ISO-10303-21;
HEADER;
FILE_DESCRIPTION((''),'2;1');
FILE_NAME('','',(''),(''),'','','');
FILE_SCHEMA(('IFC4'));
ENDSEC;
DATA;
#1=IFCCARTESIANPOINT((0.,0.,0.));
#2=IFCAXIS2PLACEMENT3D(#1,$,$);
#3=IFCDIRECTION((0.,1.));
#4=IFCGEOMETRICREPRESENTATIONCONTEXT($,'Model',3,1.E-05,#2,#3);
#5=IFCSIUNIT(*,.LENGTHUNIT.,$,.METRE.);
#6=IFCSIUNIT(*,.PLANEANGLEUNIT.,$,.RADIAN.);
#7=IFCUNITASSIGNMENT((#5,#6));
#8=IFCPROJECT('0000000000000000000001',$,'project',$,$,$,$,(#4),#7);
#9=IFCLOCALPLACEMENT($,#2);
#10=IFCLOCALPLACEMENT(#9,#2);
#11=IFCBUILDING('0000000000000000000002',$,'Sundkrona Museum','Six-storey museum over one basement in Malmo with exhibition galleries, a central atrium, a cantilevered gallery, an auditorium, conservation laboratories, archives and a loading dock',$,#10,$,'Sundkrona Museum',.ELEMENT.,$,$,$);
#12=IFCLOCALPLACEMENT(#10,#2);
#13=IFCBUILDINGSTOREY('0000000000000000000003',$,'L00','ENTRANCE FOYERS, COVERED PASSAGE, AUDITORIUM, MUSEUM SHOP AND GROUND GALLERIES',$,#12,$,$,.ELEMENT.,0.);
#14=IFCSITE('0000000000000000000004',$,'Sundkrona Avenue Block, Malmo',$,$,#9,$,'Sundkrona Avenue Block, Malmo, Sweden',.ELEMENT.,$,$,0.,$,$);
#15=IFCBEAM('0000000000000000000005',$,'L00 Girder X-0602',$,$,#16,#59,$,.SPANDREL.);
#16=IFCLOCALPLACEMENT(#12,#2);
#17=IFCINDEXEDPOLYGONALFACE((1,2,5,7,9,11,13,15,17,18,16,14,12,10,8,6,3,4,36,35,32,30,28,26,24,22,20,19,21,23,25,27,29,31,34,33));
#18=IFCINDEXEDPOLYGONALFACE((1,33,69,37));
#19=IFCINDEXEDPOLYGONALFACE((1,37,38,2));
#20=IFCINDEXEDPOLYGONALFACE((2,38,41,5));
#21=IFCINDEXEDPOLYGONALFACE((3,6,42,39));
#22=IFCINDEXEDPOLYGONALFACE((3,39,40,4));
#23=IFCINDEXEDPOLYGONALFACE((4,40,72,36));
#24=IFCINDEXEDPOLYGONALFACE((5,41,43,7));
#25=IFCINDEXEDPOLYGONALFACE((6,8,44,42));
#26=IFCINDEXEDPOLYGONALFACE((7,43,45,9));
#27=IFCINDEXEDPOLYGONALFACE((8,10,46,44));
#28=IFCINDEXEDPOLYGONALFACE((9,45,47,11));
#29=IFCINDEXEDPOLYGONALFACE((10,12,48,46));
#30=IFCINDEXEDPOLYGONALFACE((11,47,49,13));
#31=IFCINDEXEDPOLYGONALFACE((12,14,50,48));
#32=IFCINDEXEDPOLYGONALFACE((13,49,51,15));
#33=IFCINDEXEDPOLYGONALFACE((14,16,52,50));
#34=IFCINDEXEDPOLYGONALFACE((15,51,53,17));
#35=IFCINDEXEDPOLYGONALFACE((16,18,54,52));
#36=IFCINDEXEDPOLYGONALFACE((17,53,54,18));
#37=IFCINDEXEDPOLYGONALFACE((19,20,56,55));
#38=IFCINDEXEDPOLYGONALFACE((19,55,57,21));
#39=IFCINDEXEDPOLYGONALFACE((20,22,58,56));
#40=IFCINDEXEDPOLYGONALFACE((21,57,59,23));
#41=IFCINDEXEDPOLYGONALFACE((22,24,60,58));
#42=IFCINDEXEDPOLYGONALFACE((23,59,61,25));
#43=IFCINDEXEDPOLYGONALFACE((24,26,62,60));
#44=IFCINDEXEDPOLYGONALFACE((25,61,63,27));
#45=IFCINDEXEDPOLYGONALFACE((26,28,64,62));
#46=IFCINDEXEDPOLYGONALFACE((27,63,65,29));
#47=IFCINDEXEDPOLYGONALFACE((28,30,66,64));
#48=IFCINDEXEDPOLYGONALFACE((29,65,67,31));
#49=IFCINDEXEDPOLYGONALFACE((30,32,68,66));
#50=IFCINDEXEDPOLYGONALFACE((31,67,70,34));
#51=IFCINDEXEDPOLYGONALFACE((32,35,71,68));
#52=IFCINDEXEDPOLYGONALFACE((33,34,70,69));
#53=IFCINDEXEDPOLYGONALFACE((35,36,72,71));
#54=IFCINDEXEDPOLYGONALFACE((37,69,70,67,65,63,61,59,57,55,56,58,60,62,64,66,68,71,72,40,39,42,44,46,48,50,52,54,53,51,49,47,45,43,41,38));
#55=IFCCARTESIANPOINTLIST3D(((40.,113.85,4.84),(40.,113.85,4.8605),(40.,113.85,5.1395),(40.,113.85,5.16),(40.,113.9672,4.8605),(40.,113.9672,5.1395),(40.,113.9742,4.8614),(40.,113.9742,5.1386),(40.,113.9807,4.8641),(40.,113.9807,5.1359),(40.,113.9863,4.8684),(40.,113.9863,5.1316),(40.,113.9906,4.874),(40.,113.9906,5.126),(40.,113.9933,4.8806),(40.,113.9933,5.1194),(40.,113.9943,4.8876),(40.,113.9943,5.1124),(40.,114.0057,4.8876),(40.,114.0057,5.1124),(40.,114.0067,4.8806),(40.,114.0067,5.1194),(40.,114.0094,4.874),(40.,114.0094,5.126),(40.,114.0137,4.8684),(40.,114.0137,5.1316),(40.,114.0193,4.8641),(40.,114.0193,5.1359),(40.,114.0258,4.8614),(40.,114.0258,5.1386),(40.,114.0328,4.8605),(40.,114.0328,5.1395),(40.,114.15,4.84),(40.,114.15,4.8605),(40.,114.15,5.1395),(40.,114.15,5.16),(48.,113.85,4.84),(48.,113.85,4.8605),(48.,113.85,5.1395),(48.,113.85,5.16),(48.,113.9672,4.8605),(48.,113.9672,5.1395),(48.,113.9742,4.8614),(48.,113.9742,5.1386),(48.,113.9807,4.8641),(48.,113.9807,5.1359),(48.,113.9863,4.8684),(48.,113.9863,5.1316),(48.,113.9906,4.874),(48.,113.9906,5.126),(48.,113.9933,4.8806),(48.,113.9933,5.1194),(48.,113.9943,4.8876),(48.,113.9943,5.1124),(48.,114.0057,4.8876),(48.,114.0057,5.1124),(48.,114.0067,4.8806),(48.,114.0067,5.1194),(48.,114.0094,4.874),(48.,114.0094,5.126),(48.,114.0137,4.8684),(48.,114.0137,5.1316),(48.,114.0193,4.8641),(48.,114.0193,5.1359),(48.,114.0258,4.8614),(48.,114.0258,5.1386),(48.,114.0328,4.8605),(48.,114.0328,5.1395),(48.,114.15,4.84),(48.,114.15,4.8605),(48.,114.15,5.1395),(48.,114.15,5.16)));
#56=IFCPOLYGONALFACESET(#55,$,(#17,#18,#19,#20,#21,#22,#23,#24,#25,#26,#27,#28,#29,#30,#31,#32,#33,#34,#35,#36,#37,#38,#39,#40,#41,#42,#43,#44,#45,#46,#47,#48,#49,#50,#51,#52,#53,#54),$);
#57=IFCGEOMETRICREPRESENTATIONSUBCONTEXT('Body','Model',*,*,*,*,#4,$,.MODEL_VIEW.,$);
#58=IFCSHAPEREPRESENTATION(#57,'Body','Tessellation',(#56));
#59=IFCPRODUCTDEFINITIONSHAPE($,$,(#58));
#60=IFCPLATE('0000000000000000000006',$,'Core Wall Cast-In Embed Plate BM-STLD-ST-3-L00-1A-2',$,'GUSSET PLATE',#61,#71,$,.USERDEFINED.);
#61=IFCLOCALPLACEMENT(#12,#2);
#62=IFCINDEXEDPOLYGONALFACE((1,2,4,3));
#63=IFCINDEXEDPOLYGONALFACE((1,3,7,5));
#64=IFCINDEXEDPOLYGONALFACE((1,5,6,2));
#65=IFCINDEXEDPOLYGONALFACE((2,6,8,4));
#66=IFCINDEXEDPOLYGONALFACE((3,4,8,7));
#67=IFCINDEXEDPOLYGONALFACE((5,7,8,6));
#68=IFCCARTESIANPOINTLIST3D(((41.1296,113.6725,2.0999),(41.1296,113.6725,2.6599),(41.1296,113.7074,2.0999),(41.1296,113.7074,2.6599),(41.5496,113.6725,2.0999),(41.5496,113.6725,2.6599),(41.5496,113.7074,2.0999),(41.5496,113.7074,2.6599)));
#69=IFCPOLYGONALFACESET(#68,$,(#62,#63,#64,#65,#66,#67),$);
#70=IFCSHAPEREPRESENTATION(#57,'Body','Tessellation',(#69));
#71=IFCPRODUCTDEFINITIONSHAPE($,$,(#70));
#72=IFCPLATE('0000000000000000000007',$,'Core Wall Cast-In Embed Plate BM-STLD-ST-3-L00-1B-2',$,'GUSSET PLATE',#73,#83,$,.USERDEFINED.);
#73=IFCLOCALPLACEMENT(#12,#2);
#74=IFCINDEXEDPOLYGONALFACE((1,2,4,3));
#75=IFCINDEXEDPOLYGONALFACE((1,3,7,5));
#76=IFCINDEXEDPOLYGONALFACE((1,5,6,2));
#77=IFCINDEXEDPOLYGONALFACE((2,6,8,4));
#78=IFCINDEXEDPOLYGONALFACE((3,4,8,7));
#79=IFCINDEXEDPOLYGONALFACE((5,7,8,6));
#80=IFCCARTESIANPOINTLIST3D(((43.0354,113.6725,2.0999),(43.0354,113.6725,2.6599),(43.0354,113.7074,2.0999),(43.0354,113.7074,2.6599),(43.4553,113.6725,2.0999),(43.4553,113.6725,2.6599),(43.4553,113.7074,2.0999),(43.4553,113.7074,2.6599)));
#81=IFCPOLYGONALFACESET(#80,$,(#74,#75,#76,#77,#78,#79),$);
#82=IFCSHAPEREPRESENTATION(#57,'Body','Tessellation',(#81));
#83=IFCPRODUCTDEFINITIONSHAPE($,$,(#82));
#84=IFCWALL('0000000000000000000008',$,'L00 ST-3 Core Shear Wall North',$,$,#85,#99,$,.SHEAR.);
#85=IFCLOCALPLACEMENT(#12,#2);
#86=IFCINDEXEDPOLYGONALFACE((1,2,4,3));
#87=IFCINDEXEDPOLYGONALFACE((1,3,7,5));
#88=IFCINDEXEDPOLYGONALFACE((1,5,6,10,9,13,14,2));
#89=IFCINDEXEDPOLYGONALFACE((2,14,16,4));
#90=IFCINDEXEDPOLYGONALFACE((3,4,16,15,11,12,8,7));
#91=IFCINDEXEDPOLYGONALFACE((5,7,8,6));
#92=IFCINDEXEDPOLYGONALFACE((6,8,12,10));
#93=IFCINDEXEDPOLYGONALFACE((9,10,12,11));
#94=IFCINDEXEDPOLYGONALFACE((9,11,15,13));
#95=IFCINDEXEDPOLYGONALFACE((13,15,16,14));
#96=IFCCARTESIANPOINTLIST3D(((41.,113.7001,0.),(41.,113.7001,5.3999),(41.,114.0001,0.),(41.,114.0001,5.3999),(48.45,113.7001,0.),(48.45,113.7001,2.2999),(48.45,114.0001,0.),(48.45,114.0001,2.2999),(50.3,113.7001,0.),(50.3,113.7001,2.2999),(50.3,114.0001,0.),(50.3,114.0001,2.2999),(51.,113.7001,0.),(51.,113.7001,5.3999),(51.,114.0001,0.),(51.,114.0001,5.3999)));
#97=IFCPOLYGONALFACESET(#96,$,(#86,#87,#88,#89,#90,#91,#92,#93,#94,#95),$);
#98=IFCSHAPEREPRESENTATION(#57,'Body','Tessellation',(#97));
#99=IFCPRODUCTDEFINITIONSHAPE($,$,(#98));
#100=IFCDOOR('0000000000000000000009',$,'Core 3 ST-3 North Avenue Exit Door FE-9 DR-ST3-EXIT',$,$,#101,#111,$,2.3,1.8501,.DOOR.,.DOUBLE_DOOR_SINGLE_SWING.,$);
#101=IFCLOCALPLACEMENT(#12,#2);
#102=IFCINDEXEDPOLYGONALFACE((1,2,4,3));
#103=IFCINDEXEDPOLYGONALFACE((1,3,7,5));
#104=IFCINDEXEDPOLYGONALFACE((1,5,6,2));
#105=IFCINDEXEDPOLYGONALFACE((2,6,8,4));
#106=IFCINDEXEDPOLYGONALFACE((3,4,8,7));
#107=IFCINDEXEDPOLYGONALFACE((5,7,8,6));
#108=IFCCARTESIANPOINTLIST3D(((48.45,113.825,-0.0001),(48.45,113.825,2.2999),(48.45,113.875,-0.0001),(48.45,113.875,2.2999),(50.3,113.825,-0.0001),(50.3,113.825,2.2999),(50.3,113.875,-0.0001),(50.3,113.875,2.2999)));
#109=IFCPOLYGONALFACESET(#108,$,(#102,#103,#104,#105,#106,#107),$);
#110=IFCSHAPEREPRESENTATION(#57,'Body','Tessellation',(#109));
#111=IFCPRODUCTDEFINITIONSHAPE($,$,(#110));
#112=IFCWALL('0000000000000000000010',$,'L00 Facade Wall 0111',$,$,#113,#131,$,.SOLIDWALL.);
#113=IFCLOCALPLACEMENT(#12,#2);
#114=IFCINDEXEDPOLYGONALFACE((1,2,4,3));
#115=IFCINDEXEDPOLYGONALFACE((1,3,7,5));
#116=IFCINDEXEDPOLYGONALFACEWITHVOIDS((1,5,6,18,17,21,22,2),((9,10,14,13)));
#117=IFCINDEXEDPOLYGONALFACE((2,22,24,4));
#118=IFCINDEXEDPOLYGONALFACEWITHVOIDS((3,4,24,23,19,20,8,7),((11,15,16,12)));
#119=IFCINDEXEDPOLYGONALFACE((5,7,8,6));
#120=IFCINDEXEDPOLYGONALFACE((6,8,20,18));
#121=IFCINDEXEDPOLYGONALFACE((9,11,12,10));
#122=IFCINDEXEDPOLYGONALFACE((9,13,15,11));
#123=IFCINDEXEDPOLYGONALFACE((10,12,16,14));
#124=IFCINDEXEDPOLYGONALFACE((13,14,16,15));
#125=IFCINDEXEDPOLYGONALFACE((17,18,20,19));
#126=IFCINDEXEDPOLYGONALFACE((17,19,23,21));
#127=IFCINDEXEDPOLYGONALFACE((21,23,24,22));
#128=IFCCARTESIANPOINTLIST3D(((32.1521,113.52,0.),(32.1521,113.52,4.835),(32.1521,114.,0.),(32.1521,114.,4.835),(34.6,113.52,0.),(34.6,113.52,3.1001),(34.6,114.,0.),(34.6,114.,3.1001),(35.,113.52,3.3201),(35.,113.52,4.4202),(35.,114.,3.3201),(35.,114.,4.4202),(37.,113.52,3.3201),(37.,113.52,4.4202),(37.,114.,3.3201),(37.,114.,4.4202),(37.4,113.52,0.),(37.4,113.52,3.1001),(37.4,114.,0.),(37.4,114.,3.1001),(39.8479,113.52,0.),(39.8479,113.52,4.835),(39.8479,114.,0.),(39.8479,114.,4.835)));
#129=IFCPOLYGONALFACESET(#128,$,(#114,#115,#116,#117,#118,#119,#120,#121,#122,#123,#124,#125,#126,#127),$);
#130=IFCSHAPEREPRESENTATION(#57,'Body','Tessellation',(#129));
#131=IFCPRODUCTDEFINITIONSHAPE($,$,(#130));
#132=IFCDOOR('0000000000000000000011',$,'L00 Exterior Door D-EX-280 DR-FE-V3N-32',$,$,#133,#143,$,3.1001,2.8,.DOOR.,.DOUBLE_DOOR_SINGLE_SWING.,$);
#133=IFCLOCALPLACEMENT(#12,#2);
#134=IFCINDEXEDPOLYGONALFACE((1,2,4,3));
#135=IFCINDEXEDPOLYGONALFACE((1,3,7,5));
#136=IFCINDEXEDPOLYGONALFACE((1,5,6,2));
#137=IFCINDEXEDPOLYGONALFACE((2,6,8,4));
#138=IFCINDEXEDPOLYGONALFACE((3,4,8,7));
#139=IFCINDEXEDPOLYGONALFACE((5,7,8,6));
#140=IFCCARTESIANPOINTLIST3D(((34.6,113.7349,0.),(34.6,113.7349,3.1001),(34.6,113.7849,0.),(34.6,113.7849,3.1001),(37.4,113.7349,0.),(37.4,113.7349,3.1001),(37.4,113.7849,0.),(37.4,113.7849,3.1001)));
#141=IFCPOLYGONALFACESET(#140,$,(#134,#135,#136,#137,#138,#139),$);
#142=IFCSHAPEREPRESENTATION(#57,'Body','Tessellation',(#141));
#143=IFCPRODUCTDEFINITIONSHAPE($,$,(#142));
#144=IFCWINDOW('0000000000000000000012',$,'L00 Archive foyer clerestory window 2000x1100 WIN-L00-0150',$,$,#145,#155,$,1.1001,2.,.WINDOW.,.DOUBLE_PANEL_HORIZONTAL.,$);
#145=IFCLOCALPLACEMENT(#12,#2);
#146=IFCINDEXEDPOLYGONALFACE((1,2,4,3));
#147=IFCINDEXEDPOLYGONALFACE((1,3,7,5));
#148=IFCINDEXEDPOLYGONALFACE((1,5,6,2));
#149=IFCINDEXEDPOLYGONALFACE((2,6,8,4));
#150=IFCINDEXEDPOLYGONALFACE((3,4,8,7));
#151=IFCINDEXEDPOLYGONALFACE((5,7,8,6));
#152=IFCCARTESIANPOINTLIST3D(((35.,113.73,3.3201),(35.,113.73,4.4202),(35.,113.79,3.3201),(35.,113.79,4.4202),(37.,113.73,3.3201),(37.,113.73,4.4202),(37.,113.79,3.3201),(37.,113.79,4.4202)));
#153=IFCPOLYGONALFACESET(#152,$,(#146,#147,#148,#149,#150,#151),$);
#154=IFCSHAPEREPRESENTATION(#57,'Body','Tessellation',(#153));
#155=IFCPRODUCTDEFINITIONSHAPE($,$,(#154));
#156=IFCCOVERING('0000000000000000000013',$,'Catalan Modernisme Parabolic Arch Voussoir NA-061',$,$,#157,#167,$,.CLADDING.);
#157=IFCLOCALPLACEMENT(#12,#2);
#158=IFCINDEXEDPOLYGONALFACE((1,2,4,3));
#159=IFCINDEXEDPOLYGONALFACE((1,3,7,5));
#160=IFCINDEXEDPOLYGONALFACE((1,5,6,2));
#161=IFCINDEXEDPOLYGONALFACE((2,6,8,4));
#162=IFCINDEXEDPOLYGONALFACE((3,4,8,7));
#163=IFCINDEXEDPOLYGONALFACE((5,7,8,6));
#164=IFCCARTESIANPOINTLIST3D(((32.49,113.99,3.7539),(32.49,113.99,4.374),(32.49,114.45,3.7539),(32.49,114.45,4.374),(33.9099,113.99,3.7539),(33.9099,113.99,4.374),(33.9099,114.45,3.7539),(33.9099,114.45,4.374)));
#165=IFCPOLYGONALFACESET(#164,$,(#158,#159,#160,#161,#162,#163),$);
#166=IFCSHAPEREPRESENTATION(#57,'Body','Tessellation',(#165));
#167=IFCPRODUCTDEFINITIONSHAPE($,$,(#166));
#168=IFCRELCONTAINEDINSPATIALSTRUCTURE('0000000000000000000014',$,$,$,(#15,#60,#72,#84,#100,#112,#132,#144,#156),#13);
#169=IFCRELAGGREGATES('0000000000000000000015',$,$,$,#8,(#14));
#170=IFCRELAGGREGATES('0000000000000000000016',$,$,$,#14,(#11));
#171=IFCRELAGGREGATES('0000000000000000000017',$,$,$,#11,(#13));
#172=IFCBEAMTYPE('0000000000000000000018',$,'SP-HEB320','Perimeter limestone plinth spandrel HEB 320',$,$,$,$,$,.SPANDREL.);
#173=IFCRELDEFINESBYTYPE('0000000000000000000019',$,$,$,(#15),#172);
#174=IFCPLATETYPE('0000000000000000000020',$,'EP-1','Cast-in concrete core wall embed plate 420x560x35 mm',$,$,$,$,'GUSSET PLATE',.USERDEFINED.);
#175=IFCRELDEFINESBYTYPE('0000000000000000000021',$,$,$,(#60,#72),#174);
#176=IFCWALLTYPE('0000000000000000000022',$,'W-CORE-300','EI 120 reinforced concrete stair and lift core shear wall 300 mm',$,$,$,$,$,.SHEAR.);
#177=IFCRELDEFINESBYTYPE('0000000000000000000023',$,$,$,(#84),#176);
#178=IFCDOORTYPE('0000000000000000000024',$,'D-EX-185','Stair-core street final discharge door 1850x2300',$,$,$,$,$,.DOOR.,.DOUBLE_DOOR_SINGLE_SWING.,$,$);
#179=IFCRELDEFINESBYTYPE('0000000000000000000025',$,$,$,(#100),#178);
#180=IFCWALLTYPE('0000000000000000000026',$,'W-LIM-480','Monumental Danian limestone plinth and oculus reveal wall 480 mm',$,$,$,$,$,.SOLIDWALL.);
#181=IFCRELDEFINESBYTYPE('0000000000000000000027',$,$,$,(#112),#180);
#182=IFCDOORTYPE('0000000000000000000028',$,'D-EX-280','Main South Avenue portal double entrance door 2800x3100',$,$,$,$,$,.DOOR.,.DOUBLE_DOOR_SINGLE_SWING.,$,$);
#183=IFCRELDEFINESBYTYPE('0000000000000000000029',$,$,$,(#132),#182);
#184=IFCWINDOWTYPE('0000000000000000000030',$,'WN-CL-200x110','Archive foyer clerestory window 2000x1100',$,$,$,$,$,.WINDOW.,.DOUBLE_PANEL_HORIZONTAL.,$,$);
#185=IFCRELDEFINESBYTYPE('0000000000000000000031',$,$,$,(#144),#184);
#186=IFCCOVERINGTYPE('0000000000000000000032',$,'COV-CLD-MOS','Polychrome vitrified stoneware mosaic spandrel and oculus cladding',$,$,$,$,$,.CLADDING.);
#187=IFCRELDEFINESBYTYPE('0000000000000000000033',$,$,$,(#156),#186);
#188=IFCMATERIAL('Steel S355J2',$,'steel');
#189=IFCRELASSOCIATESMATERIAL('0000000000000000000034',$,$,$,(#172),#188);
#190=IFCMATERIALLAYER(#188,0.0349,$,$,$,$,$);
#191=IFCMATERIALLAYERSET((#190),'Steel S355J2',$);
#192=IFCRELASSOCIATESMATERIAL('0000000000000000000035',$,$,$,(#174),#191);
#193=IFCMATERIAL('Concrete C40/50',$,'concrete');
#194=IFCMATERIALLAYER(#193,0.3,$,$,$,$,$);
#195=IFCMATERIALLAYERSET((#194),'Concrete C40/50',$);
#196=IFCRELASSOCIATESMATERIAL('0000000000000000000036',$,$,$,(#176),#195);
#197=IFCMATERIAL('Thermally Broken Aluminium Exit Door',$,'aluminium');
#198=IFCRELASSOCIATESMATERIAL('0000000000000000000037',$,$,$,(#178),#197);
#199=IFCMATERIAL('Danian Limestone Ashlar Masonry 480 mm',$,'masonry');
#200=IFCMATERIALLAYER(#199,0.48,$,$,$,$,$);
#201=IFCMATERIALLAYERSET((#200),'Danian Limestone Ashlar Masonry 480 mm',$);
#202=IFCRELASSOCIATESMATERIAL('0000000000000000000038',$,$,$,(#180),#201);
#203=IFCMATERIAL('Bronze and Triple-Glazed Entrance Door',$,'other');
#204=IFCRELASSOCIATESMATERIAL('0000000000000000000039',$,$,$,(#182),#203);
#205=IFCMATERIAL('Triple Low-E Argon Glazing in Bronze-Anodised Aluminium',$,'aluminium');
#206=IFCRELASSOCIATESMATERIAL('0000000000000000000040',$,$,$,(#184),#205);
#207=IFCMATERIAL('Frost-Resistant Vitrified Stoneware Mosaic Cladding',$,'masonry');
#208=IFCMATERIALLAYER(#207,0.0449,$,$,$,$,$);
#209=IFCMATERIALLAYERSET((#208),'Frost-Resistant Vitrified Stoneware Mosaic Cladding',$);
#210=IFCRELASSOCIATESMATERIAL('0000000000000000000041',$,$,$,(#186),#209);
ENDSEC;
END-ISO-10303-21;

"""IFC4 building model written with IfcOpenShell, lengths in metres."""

from ifc_helpers import new_model, si_unit, direction, frame, frame_2d, origin, origin_2d, place, context, subcontext, project, spatial, rectangle, i_section, extrude, material, layer, layer_set, material_profile, profile_set, type_object, element, fill, save


model = new_model("IFC4")

# Units and contexts
model_context = context("Model", 3, precision=1e-05, world=origin(), true_north=direction((0.0, 1.0)))
body_context = subcontext(model_context, "Body", "Model", "MODEL_VIEW")
ifc_project = project(units=[si_unit("LENGTHUNIT", "METRE"), si_unit("PLANEANGLEUNIT", "RADIAN")], contexts=[model_context])

# Site, building, storey
site_placement = place(None, origin())
site = spatial("IfcSite", under=ifc_project, at=site_placement, Name="Sundkrona Avenue Block, Malmo", LongName="Sundkrona Avenue Block, Malmo, Sweden", CompositionType="ELEMENT", RefElevation=0.0)
building_placement = place(site_placement, origin())
building = spatial("IfcBuilding", under=site, at=building_placement, Name="Sundkrona Museum", Description="Six-storey museum over one basement in Malmo with exhibition galleries, a central atrium, a cantilevered gallery, an auditorium, conservation laboratories, archives and a loading dock", LongName="Sundkrona Museum", CompositionType="ELEMENT")
storey_placement = place(building_placement, origin())
storey = spatial("IfcBuildingStorey", under=building, at=storey_placement, Name="L00", Description="ENTRANCE FOYERS, COVERED PASSAGE, AUDITORIUM, MUSEUM SHOP AND GROUND GALLERIES", CompositionType="ELEMENT", Elevation=0.0)

# Shared definitions
ifc_material_1 = material(Name="Steel S355J2", Category="steel")

# Beam
ifc_material_profile_1 = material_profile(ifc_material_1, i_section(OverallWidth=0.3, OverallDepth=0.3201, WebThickness=0.0115, FlangeThickness=0.0205, FilletRadius=0.0271, at=origin_2d()), Name="HEB 320")
ifc_profile_set_1 = profile_set([ifc_material_profile_1], Name="Steel S355J2")
beam_type = type_object("IfcBeamType", Name="SP-HEB320", Description="Perimeter limestone plinth spandrel HEB 320", PredefinedType="SPANDREL", material=ifc_profile_set_1)
for number, where, z_axis, x_axis, name in (
    (1, (40.0, 114.0, 5.0), (1.0, 0.0, 0.0), (0.0, 1.0, 0.0), "L00 Girder X-0602"),
):
    element("IfcBeam", number, at=place(storey_placement, frame(where, z_axis=z_axis, x_axis=x_axis)), inside=storey, type_object=beam_type, Name=name, PredefinedType="SPANDREL", context=body_context, shape_type="SweptSolid", body=[
        extrude(i_section(OverallWidth=0.3, OverallDepth=0.3201, WebThickness=0.0115, FlangeThickness=0.0205, FilletRadius=0.0271, at=origin_2d()), origin(), (0.0, 0.0, 1.0), 8.0),
    ])

# Plates
ifc_layer_1 = layer(ifc_material_1, 0.0349)
ifc_layer_set_1 = layer_set([ifc_layer_1], Name="Steel S355J2")
plate_type = type_object("IfcPlateType", Name="EP-1", Description="Cast-in concrete core wall embed plate 420x560x35 mm", ElementType="GUSSET PLATE", PredefinedType="USERDEFINED", material=ifc_layer_set_1)
for number, where, z_axis, x_axis, name in (
    (2, (41.3396, 113.6899, 2.0999), (0.0, 0.0, 1.0), (1.0, 0.0, 0.0), "Core Wall Cast-In Embed Plate BM-STLD-ST-3-L00-1A-2"),
    (3, (43.2454, 113.6899, 2.0999), (0.0, 0.0, 1.0), (1.0, 0.0, 0.0), "Core Wall Cast-In Embed Plate BM-STLD-ST-3-L00-1B-2"),
):
    element("IfcPlate", number, at=place(storey_placement, frame(where, z_axis=z_axis, x_axis=x_axis)), inside=storey, type_object=plate_type, Name=name, ObjectType="GUSSET PLATE", PredefinedType="USERDEFINED", context=body_context, shape_type="SweptSolid", body=[
        extrude(rectangle(XDim=0.4199, YDim=0.0349, at=origin_2d()), origin(), (0.0, 0.0, 1.0), 0.5601),
    ])

# Wall, opening, door
ifc_material_2 = material(Name="Concrete C40/50", Category="concrete")
ifc_layer_2 = layer(ifc_material_2, 0.3)
ifc_layer_set_2 = layer_set([ifc_layer_2], Name="Concrete C40/50")
wall_type_1 = type_object("IfcWallType", Name="W-CORE-300", Description="EI 120 reinforced concrete stair and lift core shear wall 300 mm", PredefinedType="SHEAR", material=ifc_layer_set_2)
wall_1_placement = place(storey_placement, frame((41.0, 113.8501, 0.0), z_axis=(0.0, 0.0, 1.0), x_axis=(1.0, 0.0, 0.0)))
wall_1 = element("IfcWall", 4, at=wall_1_placement, inside=storey, type_object=wall_type_1, Name="L00 ST-3 Core Shear Wall North", PredefinedType="SHEAR", context=body_context, shape_type="SweptSolid", body=[
    extrude(rectangle(XDim=10.0, YDim=0.3, at=frame_2d((5.0, 0.0))), origin(), (0.0, 0.0, 1.0), 5.3999),
])
opening_1_placement = place(wall_1_placement, frame((7.45, 0.0, 0.0)))
opening_1 = element("IfcOpeningElement", 5, at=opening_1_placement, cuts=wall_1, PredefinedType="OPENING", context=body_context, shape_type="SweptSolid", body=[
    extrude(rectangle(XDim=1.8501, YDim=2.3, at=frame_2d((0.925, 1.1499))), frame((0.0, 0.1599, 0.0), z_axis=(0.0, -1.0, 0.0), x_axis=(1.0, 0.0, 0.0)), (0.0, 0.0, 1.0), 0.3201),
])
ifc_material_3 = material(Name="Thermally Broken Aluminium Exit Door", Category="aluminium")
door_type_1 = type_object("IfcDoorType", Name="D-EX-185", Description="Stair-core street final discharge door 1850x2300", OperationType="DOUBLE_DOOR_SINGLE_SWING", PredefinedType="DOOR", material=ifc_material_3)
door_1_placement = place(opening_1_placement, origin())
door_1 = element("IfcDoor", 6, at=door_1_placement, inside=storey, type_object=door_type_1, Name="Core 3 ST-3 North Avenue Exit Door FE-9 DR-ST3-EXIT", OperationType="DOUBLE_DOOR_SINGLE_SWING", OverallHeight=2.3, OverallWidth=1.8501, PredefinedType="DOOR", context=body_context, shape_type="SweptSolid", body=[
    extrude(rectangle(XDim=1.8501, YDim=2.3, at=frame_2d((0.925, 1.1499))), frame((0.0, 0.0249, 0.0), z_axis=(0.0, -1.0, 0.0), x_axis=(1.0, 0.0, 0.0)), (0.0, 0.0, 1.0), 0.05),
])
fill(opening_1, door_1)

# Wall, openings, door, window
ifc_material_4 = material(Name="Danian Limestone Ashlar Masonry 480 mm", Category="masonry")
ifc_layer_3 = layer(ifc_material_4, 0.48)
ifc_layer_set_3 = layer_set([ifc_layer_3], Name="Danian Limestone Ashlar Masonry 480 mm")
wall_type_2 = type_object("IfcWallType", Name="W-LIM-480", Description="Monumental Danian limestone plinth and oculus reveal wall 480 mm", PredefinedType="SOLIDWALL", material=ifc_layer_set_3)
wall_2_placement = place(storey_placement, frame((32.1521, 113.76, 0.0), z_axis=(0.0, 0.0, 1.0), x_axis=(1.0, 0.0, 0.0)))
wall_2 = element("IfcWall", 7, at=wall_2_placement, inside=storey, type_object=wall_type_2, Name="L00 Facade Wall 0111", PredefinedType="SOLIDWALL", context=body_context, shape_type="SweptSolid", body=[
    extrude(rectangle(XDim=7.6958, YDim=0.48, at=frame_2d((3.8479, 0.0))), origin(), (0.0, 0.0, 1.0), 4.835),
])
opening_2_placement = place(wall_2_placement, frame((2.448, 0.0, 0.0)))
opening_2 = element("IfcOpeningElement", 8, at=opening_2_placement, cuts=wall_2, PredefinedType="OPENING", context=body_context, shape_type="SweptSolid", body=[
    extrude(rectangle(XDim=2.8, YDim=3.1001, at=frame_2d((1.3999, 1.55))), frame((0.0, 0.25, 0.0), z_axis=(0.0, -1.0, 0.0), x_axis=(1.0, 0.0, 0.0)), (0.0, 0.0, 1.0), 0.5),
])
opening_3_placement = place(wall_2_placement, frame((2.8479, 0.0, 3.3201)))
opening_3 = element("IfcOpeningElement", 9, at=opening_3_placement, cuts=wall_2, PredefinedType="OPENING", context=body_context, shape_type="SweptSolid", body=[
    extrude(rectangle(XDim=2.0, YDim=1.1001, at=frame_2d((1.0, 0.55))), frame((0.0, 0.25, 0.0), z_axis=(0.0, -1.0, 0.0), x_axis=(1.0, 0.0, 0.0)), (0.0, 0.0, 1.0), 0.5),
])
ifc_material_5 = material(Name="Bronze and Triple-Glazed Entrance Door", Category="other")
door_type_2 = type_object("IfcDoorType", Name="D-EX-280", Description="Main South Avenue portal double entrance door 2800x3100", OperationType="DOUBLE_DOOR_SINGLE_SWING", PredefinedType="DOOR", material=ifc_material_5)
door_2_placement = place(opening_2_placement, origin())
door_2 = element("IfcDoor", 10, at=door_2_placement, inside=storey, type_object=door_type_2, Name="L00 Exterior Door D-EX-280 DR-FE-V3N-32", OperationType="DOUBLE_DOOR_SINGLE_SWING", OverallHeight=3.1001, OverallWidth=2.8, PredefinedType="DOOR", context=body_context, shape_type="SweptSolid", body=[
    extrude(rectangle(XDim=2.8, YDim=3.1001, at=frame_2d((1.3999, 1.55))), frame((0.0, 0.0249, 0.0), z_axis=(0.0, -1.0, 0.0), x_axis=(1.0, 0.0, 0.0)), (0.0, 0.0, 1.0), 0.05),
])
fill(opening_2, door_2)
ifc_material_6 = material(Name="Triple Low-E Argon Glazing in Bronze-Anodised Aluminium", Category="aluminium")
window_type = type_object("IfcWindowType", Name="WN-CL-200x110", Description="Archive foyer clerestory window 2000x1100", PartitioningType="DOUBLE_PANEL_HORIZONTAL", PredefinedType="WINDOW", material=ifc_material_6)
window_placement = place(opening_3_placement, origin())
window = element("IfcWindow", 11, at=window_placement, inside=storey, type_object=window_type, Name="L00 Archive foyer clerestory window 2000x1100 WIN-L00-0150", OverallHeight=1.1001, OverallWidth=2.0, PartitioningType="DOUBLE_PANEL_HORIZONTAL", PredefinedType="WINDOW", context=body_context, shape_type="SweptSolid", body=[
    extrude(rectangle(XDim=2.0, YDim=1.1001, at=frame_2d((1.0, 0.55))), frame((0.0, 0.03, 0.0), z_axis=(0.0, -1.0, 0.0), x_axis=(1.0, 0.0, 0.0)), (0.0, 0.0, 1.0), 0.0601),
])
fill(opening_3, window)

# Covering
ifc_material_7 = material(Name="Frost-Resistant Vitrified Stoneware Mosaic Cladding", Category="masonry")
ifc_layer_4 = layer(ifc_material_7, 0.0449)
ifc_layer_set_4 = layer_set([ifc_layer_4], Name="Frost-Resistant Vitrified Stoneware Mosaic Cladding")
covering_type = type_object("IfcCoveringType", Name="COV-CLD-MOS", Description="Polychrome vitrified stoneware mosaic spandrel and oculus cladding", PredefinedType="CLADDING", material=ifc_layer_set_4)
for number, where, z_axis, x_axis, name in (
    (12, (33.2, 114.22, 3.7539), (0.0, 0.0, 1.0), (1.0, 0.0, 0.0), "Catalan Modernisme Parabolic Arch Voussoir NA-061"),
):
    element("IfcCovering", number, at=place(storey_placement, frame(where, z_axis=z_axis, x_axis=x_axis)), inside=storey, type_object=covering_type, Name=name, PredefinedType="CLADDING", context=body_context, shape_type="SweptSolid", body=[
        extrude(rectangle(XDim=1.4199, YDim=0.46, at=origin_2d()), origin(), (0.0, 0.0, 1.0), 0.6201),
    ])

save(model, "model.ifc")
